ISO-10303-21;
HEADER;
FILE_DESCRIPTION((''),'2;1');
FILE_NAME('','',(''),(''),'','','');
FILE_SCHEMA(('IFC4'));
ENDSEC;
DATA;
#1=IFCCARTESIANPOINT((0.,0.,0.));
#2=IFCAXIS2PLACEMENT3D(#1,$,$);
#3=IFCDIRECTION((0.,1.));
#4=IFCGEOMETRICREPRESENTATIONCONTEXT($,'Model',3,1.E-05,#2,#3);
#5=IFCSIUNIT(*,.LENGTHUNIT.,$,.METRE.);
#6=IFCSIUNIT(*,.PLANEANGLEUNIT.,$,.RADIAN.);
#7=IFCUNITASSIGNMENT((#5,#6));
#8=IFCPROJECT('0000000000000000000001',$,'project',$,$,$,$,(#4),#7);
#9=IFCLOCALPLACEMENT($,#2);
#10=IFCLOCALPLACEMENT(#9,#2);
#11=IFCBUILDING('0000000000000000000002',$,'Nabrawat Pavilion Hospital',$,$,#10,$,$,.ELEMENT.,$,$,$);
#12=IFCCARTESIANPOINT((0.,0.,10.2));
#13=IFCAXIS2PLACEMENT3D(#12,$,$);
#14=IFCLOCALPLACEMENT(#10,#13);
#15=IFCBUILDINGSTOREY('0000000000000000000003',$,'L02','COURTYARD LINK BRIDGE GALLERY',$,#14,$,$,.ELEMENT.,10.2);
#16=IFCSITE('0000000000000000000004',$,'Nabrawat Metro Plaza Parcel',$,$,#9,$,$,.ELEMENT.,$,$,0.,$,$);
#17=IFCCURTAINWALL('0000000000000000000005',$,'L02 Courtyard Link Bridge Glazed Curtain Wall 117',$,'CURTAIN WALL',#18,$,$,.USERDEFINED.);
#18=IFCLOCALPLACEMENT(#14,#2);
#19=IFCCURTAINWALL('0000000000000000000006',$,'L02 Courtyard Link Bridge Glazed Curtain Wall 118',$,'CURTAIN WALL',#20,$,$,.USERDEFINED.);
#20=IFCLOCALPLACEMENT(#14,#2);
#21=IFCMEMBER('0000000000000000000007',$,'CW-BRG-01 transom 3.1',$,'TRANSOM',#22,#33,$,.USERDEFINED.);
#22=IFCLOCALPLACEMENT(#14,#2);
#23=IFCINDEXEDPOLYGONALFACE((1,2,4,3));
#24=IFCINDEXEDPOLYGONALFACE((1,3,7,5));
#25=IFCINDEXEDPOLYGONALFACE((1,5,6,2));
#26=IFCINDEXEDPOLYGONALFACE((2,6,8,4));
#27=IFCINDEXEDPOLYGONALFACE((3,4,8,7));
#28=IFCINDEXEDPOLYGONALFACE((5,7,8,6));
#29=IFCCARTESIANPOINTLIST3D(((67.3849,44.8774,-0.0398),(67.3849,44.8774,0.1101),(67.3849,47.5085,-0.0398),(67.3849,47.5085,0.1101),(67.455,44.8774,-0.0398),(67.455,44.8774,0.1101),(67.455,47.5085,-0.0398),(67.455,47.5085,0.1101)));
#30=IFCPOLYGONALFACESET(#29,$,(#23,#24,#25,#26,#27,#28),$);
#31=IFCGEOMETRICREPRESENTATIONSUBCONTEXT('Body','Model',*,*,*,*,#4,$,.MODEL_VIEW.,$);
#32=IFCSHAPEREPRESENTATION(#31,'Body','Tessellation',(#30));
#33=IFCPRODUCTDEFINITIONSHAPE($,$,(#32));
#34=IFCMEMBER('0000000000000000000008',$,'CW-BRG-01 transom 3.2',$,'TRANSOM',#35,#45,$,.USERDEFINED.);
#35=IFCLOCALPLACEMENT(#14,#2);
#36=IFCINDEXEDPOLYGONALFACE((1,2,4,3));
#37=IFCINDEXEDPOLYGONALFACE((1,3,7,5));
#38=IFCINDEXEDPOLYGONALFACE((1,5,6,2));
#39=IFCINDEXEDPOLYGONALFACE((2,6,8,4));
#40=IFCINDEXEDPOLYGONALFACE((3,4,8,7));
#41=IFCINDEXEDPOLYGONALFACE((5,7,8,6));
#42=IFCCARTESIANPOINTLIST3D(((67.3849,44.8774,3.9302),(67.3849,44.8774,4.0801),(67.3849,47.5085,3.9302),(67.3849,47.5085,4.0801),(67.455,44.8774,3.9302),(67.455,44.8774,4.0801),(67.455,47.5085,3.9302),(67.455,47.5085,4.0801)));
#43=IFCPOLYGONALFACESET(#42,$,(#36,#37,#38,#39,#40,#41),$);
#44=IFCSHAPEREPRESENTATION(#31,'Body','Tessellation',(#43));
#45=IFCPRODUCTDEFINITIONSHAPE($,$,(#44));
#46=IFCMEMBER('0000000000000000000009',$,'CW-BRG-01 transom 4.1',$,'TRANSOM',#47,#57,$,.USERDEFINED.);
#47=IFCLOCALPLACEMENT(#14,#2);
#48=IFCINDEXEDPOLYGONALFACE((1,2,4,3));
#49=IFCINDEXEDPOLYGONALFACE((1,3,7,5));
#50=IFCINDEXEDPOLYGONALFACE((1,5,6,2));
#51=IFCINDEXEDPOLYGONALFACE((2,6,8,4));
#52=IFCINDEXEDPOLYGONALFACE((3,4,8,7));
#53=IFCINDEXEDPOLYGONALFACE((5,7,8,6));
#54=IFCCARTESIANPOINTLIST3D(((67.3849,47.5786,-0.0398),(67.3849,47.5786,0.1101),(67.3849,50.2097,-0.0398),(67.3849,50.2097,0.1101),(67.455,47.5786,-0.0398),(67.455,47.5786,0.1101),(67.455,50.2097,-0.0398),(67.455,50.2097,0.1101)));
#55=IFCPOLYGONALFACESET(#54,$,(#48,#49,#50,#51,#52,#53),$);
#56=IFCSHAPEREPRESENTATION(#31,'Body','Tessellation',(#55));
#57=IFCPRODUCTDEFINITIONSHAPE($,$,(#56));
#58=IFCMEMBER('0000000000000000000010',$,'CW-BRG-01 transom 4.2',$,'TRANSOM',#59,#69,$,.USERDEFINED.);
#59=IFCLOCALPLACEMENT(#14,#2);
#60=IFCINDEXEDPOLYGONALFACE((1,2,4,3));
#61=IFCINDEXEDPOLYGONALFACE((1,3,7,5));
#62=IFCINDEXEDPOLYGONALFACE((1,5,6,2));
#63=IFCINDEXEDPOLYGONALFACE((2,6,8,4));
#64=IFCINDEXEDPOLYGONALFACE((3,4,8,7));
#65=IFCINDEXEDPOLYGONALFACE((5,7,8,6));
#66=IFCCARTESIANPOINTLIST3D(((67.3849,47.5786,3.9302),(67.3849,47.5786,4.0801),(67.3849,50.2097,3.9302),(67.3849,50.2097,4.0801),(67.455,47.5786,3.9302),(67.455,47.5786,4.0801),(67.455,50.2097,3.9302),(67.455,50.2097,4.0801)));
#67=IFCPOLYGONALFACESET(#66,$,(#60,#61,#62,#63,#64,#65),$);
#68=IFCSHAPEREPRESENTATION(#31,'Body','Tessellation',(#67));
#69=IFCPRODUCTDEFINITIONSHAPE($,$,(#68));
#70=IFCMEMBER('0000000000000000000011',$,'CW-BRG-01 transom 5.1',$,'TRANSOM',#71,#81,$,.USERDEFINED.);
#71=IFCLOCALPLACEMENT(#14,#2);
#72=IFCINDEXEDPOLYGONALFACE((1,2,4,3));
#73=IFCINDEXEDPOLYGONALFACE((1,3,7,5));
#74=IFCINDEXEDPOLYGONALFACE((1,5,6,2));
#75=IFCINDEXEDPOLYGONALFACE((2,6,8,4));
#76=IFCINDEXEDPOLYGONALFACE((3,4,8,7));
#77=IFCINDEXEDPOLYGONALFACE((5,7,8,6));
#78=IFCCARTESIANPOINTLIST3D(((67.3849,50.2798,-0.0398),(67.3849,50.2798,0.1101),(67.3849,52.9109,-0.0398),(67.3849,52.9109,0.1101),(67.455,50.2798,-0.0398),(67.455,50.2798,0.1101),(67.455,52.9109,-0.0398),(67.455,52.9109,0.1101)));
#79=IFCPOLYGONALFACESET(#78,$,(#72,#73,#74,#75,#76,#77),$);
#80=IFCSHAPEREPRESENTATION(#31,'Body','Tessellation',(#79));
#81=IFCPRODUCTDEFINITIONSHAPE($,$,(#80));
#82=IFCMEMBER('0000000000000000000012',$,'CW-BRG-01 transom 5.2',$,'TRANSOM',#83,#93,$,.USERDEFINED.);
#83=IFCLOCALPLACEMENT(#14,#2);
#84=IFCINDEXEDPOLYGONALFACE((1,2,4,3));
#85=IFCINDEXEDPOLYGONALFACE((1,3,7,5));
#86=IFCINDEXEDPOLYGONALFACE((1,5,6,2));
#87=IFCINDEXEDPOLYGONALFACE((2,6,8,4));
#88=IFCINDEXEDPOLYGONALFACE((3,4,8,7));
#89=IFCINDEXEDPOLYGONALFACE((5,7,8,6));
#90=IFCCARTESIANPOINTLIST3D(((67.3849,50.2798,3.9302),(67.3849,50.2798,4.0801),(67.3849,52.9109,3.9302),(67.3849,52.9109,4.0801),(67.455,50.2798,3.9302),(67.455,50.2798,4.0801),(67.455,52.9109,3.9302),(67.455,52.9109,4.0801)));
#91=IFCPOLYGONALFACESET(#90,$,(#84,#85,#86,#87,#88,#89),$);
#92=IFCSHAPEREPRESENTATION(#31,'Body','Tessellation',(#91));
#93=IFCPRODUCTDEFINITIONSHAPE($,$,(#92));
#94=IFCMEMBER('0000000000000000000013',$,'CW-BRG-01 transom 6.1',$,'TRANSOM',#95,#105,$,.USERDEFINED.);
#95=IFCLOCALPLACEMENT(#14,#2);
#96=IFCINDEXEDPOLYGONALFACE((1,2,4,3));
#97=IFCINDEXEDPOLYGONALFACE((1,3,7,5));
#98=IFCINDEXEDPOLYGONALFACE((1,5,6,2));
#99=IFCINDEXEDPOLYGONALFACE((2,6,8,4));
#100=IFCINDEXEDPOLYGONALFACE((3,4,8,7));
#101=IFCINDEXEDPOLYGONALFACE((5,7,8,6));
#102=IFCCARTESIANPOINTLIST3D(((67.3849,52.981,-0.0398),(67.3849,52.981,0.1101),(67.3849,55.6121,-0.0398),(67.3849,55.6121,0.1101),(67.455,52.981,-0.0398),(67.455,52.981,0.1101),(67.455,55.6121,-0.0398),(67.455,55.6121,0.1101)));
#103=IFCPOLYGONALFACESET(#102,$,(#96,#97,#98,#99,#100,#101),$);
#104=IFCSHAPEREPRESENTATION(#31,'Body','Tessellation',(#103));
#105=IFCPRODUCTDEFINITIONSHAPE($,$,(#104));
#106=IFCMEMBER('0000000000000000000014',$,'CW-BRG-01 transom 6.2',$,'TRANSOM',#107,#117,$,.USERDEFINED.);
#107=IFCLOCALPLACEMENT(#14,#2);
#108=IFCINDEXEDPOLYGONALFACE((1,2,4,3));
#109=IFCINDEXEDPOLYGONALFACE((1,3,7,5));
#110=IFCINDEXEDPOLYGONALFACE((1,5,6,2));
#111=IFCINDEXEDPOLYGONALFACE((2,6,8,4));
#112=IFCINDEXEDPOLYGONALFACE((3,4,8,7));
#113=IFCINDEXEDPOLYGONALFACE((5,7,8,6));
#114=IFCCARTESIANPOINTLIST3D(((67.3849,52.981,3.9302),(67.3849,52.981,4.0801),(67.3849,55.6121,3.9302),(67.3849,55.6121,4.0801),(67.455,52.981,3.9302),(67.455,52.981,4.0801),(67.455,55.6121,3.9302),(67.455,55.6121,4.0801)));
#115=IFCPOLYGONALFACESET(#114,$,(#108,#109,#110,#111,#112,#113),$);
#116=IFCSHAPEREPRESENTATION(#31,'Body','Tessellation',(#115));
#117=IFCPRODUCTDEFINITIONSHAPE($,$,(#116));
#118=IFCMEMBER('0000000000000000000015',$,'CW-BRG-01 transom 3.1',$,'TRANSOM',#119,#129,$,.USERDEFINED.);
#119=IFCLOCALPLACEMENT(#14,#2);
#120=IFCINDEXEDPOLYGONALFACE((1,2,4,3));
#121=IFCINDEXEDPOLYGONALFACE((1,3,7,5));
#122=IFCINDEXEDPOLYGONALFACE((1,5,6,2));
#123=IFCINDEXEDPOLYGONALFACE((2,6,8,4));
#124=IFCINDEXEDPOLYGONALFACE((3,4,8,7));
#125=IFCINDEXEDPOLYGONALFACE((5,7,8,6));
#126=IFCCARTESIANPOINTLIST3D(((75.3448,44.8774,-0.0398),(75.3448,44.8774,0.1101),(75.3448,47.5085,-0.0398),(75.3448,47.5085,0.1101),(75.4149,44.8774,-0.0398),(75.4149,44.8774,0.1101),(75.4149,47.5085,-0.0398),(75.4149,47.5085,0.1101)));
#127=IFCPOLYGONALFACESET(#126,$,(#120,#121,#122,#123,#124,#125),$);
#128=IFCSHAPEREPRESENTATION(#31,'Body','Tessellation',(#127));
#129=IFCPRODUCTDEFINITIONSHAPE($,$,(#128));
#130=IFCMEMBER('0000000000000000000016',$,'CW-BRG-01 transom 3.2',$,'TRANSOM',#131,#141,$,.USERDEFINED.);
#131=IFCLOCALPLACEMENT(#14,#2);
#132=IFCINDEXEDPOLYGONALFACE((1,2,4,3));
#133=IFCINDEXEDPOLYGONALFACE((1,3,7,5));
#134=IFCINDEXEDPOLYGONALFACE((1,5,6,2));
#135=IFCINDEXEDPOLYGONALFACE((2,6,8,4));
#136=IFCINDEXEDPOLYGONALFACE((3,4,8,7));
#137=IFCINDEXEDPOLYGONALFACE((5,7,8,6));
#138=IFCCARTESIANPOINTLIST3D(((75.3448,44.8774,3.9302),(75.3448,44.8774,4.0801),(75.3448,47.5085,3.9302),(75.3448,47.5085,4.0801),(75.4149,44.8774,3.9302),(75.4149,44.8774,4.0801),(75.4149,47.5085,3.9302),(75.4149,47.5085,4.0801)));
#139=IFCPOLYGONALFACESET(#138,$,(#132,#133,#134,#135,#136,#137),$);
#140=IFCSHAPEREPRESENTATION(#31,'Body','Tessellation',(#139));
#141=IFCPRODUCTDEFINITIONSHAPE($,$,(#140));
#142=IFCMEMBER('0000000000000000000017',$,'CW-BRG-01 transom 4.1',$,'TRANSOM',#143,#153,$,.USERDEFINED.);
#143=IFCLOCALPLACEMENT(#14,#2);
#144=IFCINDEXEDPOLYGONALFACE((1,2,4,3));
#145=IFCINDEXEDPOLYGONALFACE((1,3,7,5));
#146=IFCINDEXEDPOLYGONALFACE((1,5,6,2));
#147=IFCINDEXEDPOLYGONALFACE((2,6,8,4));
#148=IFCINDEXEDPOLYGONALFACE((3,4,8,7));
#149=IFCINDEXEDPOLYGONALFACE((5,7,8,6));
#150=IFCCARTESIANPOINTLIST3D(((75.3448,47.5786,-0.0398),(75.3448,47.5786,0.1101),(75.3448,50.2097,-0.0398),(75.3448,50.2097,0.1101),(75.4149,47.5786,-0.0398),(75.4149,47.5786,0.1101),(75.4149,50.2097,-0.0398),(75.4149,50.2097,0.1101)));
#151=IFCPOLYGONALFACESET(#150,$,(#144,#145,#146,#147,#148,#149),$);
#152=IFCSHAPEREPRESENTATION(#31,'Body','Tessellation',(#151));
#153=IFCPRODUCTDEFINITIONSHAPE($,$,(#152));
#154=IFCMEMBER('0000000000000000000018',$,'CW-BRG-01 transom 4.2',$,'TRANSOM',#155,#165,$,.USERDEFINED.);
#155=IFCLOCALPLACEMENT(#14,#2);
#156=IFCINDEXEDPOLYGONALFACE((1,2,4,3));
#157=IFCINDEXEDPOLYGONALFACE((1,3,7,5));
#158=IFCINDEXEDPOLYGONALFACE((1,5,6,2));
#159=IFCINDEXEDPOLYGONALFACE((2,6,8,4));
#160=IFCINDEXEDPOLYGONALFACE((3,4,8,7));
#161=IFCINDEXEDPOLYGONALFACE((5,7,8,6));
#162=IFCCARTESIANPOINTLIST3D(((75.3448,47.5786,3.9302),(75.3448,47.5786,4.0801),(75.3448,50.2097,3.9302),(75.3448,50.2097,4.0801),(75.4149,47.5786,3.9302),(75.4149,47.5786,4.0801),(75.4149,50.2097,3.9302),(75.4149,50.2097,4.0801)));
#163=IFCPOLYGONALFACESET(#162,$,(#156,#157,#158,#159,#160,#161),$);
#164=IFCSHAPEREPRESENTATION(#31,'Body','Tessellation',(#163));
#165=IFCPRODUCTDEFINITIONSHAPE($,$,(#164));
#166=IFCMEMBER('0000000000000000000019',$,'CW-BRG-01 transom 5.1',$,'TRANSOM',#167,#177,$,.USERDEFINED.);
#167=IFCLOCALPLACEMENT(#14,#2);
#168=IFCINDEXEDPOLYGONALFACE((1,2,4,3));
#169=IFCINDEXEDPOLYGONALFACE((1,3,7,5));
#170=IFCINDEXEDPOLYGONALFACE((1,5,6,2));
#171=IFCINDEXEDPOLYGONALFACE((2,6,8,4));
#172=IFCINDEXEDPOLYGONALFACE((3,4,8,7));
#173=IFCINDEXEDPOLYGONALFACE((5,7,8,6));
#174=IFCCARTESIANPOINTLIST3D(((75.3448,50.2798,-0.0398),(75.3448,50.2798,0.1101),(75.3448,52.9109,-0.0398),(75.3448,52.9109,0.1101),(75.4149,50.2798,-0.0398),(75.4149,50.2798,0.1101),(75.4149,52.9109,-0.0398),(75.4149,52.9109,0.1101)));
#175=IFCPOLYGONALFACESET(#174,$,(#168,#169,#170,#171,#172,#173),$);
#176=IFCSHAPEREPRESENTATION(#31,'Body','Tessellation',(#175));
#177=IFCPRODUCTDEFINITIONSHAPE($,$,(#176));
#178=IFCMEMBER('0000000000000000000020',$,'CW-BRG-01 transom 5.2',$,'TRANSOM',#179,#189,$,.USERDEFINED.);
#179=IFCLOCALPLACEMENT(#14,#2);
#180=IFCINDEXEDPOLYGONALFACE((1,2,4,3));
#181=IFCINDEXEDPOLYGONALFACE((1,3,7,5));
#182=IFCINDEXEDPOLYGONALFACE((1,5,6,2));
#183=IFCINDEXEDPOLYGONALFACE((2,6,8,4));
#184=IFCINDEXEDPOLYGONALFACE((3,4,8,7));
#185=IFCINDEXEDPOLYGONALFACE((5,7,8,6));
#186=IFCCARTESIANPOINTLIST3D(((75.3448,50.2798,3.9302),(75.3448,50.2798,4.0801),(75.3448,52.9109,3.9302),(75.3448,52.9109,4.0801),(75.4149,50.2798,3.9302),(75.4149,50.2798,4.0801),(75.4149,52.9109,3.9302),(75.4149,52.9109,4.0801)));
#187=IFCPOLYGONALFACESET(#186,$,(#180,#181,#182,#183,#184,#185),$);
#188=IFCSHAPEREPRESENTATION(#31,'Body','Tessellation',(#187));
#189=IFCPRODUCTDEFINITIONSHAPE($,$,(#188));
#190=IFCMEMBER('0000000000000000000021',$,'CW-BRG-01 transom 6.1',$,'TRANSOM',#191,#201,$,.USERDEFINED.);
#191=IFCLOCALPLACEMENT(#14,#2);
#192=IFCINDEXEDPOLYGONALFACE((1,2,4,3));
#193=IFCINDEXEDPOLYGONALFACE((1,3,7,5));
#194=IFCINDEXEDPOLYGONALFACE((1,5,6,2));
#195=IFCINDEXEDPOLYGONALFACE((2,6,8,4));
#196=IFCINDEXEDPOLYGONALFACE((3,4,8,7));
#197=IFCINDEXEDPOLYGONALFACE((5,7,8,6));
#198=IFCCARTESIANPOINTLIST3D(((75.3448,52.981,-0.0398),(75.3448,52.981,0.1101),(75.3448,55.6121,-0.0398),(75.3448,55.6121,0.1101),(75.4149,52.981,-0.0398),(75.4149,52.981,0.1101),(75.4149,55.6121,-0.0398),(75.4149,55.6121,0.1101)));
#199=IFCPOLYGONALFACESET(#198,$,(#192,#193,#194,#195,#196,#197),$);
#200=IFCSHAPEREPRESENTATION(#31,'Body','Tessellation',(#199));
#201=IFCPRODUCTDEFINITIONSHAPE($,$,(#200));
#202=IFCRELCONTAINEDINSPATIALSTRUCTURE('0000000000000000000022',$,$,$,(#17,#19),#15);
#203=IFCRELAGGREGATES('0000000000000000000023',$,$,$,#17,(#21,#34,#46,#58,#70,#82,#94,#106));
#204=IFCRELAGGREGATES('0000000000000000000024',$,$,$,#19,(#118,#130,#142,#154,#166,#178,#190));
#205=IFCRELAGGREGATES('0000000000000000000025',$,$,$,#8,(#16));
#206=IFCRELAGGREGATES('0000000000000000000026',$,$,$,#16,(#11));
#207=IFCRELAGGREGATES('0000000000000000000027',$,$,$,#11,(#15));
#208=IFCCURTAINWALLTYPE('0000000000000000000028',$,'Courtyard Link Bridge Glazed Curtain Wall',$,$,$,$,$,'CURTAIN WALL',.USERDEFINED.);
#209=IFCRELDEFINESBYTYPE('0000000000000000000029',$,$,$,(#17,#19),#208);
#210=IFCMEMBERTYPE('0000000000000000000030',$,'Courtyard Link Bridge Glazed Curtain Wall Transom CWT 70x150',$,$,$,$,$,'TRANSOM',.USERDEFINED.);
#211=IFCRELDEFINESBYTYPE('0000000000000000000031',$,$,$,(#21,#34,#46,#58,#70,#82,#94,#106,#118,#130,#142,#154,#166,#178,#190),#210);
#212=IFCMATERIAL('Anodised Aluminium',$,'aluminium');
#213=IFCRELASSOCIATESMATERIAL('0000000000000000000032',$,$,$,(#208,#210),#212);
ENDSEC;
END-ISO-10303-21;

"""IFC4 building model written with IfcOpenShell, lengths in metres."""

from ifc_helpers import new_model, si_unit, direction, frame, origin, origin_2d, place, context, subcontext, project, spatial, rectangle, extrude, material, material_profile, profile_set, type_object, element, aggregate, save


model = new_model("IFC4")

# Units and contexts
model_context = context("Model", 3, precision=1e-05, world=origin(), true_north=direction((0.0, 1.0)))
body_context = subcontext(model_context, "Body", "Model", "MODEL_VIEW")
ifc_project = project(units=[si_unit("LENGTHUNIT", "METRE"), si_unit("PLANEANGLEUNIT", "RADIAN")], contexts=[model_context])

# Site, building, storey
site_placement = place(None, origin())
site = spatial("IfcSite", under=ifc_project, at=site_placement, Name="Nabrawat Metro Plaza Parcel", CompositionType="ELEMENT", RefElevation=0.0)
building_placement = place(site_placement, origin())
building = spatial("IfcBuilding", under=site, at=building_placement, Name="Nabrawat Pavilion Hospital", CompositionType="ELEMENT")
storey_placement = place(building_placement, frame((0.0, 0.0, 10.2)))
storey = spatial("IfcBuildingStorey", under=building, at=storey_placement, Name="L02", Description="COURTYARD LINK BRIDGE GALLERY", CompositionType="ELEMENT", Elevation=10.2)

# Curtain walls
ifc_material_1 = material(Name="Anodised Aluminium", Category="aluminium")
curtain_wall_type = type_object("IfcCurtainWallType", Name="Courtyard Link Bridge Glazed Curtain Wall", ElementType="CURTAIN WALL", PredefinedType="USERDEFINED", material=ifc_material_1)
curtain_wall_1_placement = place(storey_placement, origin())
curtain_wall_1 = element("IfcCurtainWall", 1, at=curtain_wall_1_placement, inside=storey, type_object=curtain_wall_type, Name="L02 Courtyard Link Bridge Glazed Curtain Wall 117", ObjectType="CURTAIN WALL", PredefinedType="USERDEFINED")
curtain_wall_2_placement = place(storey_placement, origin())
curtain_wall_2 = element("IfcCurtainWall", 2, at=curtain_wall_2_placement, inside=storey, type_object=curtain_wall_type, Name="L02 Courtyard Link Bridge Glazed Curtain Wall 118", ObjectType="CURTAIN WALL", PredefinedType="USERDEFINED")

# Members
ifc_material_profile_1 = material_profile(ifc_material_1, rectangle(XDim=0.0701, YDim=0.1499, at=origin_2d()), Name="CWT 70x150")
ifc_profile_set_1 = profile_set([ifc_material_profile_1], Name="Anodised Aluminium")
member_type_1 = type_object("IfcMemberType", Name="Courtyard Link Bridge Glazed Curtain Wall Transom CWT 70x150", ElementType="TRANSOM", PredefinedType="USERDEFINED", material=ifc_profile_set_1)
member_1_placement = place(storey_placement, frame((67.4199, 44.8774, 0.0352), z_axis=(0.0, 1.0, 0.0), x_axis=(-1.0, 0.0, 0.0)))
member_1 = element("IfcMember", 3, at=member_1_placement, type_object=member_type_1, Name="CW-BRG-01 transom 3.1", ObjectType="TRANSOM", PredefinedType="USERDEFINED", context=body_context, shape_type="SweptSolid", body=[
    extrude(rectangle(XDim=0.0701, YDim=0.1499, at=origin_2d()), origin(), (0.0, 0.0, 1.0), 2.6311),
])
member_2_placement = place(storey_placement, frame((67.4199, 44.8774, 4.0051), z_axis=(0.0, 1.0, 0.0), x_axis=(-1.0, 0.0, 0.0)))
member_2 = element("IfcMember", 4, at=member_2_placement, type_object=member_type_1, Name="CW-BRG-01 transom 3.2", ObjectType="TRANSOM", PredefinedType="USERDEFINED", context=body_context, shape_type="SweptSolid", body=[
    extrude(rectangle(XDim=0.0701, YDim=0.1499, at=origin_2d()), origin(), (0.0, 0.0, 1.0), 2.6311),
])
member_3_placement = place(storey_placement, frame((67.4199, 47.5786, 0.0352), z_axis=(0.0, 1.0, 0.0), x_axis=(-1.0, 0.0, 0.0)))
member_3 = element("IfcMember", 5, at=member_3_placement, type_object=member_type_1, Name="CW-BRG-01 transom 4.1", ObjectType="TRANSOM", PredefinedType="USERDEFINED", context=body_context, shape_type="SweptSolid", body=[
    extrude(rectangle(XDim=0.0701, YDim=0.1499, at=origin_2d()), origin(), (0.0, 0.0, 1.0), 2.6311),
])
member_4_placement = place(storey_placement, frame((67.4199, 47.5786, 4.0051), z_axis=(0.0, 1.0, 0.0), x_axis=(-1.0, 0.0, 0.0)))
member_4 = element("IfcMember", 6, at=member_4_placement, type_object=member_type_1, Name="CW-BRG-01 transom 4.2", ObjectType="TRANSOM", PredefinedType="USERDEFINED", context=body_context, shape_type="SweptSolid", body=[
    extrude(rectangle(XDim=0.0701, YDim=0.1499, at=origin_2d()), origin(), (0.0, 0.0, 1.0), 2.6311),
])
member_5_placement = place(storey_placement, frame((67.4199, 50.2798, 0.0352), z_axis=(0.0, 1.0, 0.0), x_axis=(-1.0, 0.0, 0.0)))
member_5 = element("IfcMember", 7, at=member_5_placement, type_object=member_type_1, Name="CW-BRG-01 transom 5.1", ObjectType="TRANSOM", PredefinedType="USERDEFINED", context=body_context, shape_type="SweptSolid", body=[
    extrude(rectangle(XDim=0.0701, YDim=0.1499, at=origin_2d()), origin(), (0.0, 0.0, 1.0), 2.6311),
])
member_6_placement = place(storey_placement, frame((67.4199, 50.2798, 4.0051), z_axis=(0.0, 1.0, 0.0), x_axis=(-1.0, 0.0, 0.0)))
member_6 = element("IfcMember", 8, at=member_6_placement, type_object=member_type_1, Name="CW-BRG-01 transom 5.2", ObjectType="TRANSOM", PredefinedType="USERDEFINED", context=body_context, shape_type="SweptSolid", body=[
    extrude(rectangle(XDim=0.0701, YDim=0.1499, at=origin_2d()), origin(), (0.0, 0.0, 1.0), 2.6311),
])
member_7_placement = place(storey_placement, frame((67.4199, 52.981, 0.0352), z_axis=(0.0, 1.0, 0.0), x_axis=(-1.0, 0.0, 0.0)))
member_7 = element("IfcMember", 9, at=member_7_placement, type_object=member_type_1, Name="CW-BRG-01 transom 6.1", ObjectType="TRANSOM", PredefinedType="USERDEFINED", context=body_context, shape_type="SweptSolid", body=[
    extrude(rectangle(XDim=0.0701, YDim=0.1499, at=origin_2d()), origin(), (0.0, 0.0, 1.0), 2.6311),
])
member_8_placement = place(storey_placement, frame((67.4199, 52.981, 4.0051), z_axis=(0.0, 1.0, 0.0), x_axis=(-1.0, 0.0, 0.0)))
member_8 = element("IfcMember", 10, at=member_8_placement, type_object=member_type_1, Name="CW-BRG-01 transom 6.2", ObjectType="TRANSOM", PredefinedType="USERDEFINED", context=body_context, shape_type="SweptSolid", body=[
    extrude(rectangle(XDim=0.0701, YDim=0.1499, at=origin_2d()), origin(), (0.0, 0.0, 1.0), 2.6311),
])
member_9_placement = place(storey_placement, frame((75.3799, 44.8774, 0.0352), z_axis=(0.0, 1.0, 0.0), x_axis=(-1.0, 0.0, 0.0)))
member_9 = element("IfcMember", 11, at=member_9_placement, type_object=member_type_1, Name="CW-BRG-01 transom 3.1", ObjectType="TRANSOM", PredefinedType="USERDEFINED", context=body_context, shape_type="SweptSolid", body=[
    extrude(rectangle(XDim=0.0701, YDim=0.1499, at=origin_2d()), origin(), (0.0, 0.0, 1.0), 2.6311),
])
member_10_placement = place(storey_placement, frame((75.3799, 44.8774, 4.0051), z_axis=(0.0, 1.0, 0.0), x_axis=(-1.0, 0.0, 0.0)))
member_10 = element("IfcMember", 12, at=member_10_placement, type_object=member_type_1, Name="CW-BRG-01 transom 3.2", ObjectType="TRANSOM", PredefinedType="USERDEFINED", context=body_context, shape_type="SweptSolid", body=[
    extrude(rectangle(XDim=0.0701, YDim=0.1499, at=origin_2d()), origin(), (0.0, 0.0, 1.0), 2.6311),
])
member_11_placement = place(storey_placement, frame((75.3799, 47.5786, 0.0352), z_axis=(0.0, 1.0, 0.0), x_axis=(-1.0, 0.0, 0.0)))
member_11 = element("IfcMember", 13, at=member_11_placement, type_object=member_type_1, Name="CW-BRG-01 transom 4.1", ObjectType="TRANSOM", PredefinedType="USERDEFINED", context=body_context, shape_type="SweptSolid", body=[
    extrude(rectangle(XDim=0.0701, YDim=0.1499, at=origin_2d()), origin(), (0.0, 0.0, 1.0), 2.6311),
])
member_12_placement = place(storey_placement, frame((75.3799, 47.5786, 4.0051), z_axis=(0.0, 1.0, 0.0), x_axis=(-1.0, 0.0, 0.0)))
member_12 = element("IfcMember", 14, at=member_12_placement, type_object=member_type_1, Name="CW-BRG-01 transom 4.2", ObjectType="TRANSOM", PredefinedType="USERDEFINED", context=body_context, shape_type="SweptSolid", body=[
    extrude(rectangle(XDim=0.0701, YDim=0.1499, at=origin_2d()), origin(), (0.0, 0.0, 1.0), 2.6311),
])
member_13_placement = place(storey_placement, frame((75.3799, 50.2798, 0.0352), z_axis=(0.0, 1.0, 0.0), x_axis=(-1.0, 0.0, 0.0)))
member_13 = element("IfcMember", 15, at=member_13_placement, type_object=member_type_1, Name="CW-BRG-01 transom 5.1", ObjectType="TRANSOM", PredefinedType="USERDEFINED", context=body_context, shape_type="SweptSolid", body=[
    extrude(rectangle(XDim=0.0701, YDim=0.1499, at=origin_2d()), origin(), (0.0, 0.0, 1.0), 2.6311),
])
member_14_placement = place(storey_placement, frame((75.3799, 50.2798, 4.0051), z_axis=(0.0, 1.0, 0.0), x_axis=(-1.0, 0.0, 0.0)))
member_14 = element("IfcMember", 16, at=member_14_placement, type_object=member_type_1, Name="CW-BRG-01 transom 5.2", ObjectType="TRANSOM", PredefinedType="USERDEFINED", context=body_context, shape_type="SweptSolid", body=[
    extrude(rectangle(XDim=0.0701, YDim=0.1499, at=origin_2d()), origin(), (0.0, 0.0, 1.0), 2.6311),
])
member_15_placement = place(storey_placement, frame((75.3799, 52.981, 0.0352), z_axis=(0.0, 1.0, 0.0), x_axis=(-1.0, 0.0, 0.0)))
member_15 = element("IfcMember", 17, at=member_15_placement, type_object=member_type_1, Name="CW-BRG-01 transom 6.1", ObjectType="TRANSOM", PredefinedType="USERDEFINED", context=body_context, shape_type="SweptSolid", body=[
    extrude(rectangle(XDim=0.0701, YDim=0.1499, at=origin_2d()), origin(), (0.0, 0.0, 1.0), 2.6311),
])

aggregate(curtain_wall_1, [member_1, member_2, member_3, member_4, member_5, member_6, member_7, member_8])
aggregate(curtain_wall_2, [member_9, member_10, member_11, member_12, member_13, member_14, member_15])

save(model, "model.ifc")
